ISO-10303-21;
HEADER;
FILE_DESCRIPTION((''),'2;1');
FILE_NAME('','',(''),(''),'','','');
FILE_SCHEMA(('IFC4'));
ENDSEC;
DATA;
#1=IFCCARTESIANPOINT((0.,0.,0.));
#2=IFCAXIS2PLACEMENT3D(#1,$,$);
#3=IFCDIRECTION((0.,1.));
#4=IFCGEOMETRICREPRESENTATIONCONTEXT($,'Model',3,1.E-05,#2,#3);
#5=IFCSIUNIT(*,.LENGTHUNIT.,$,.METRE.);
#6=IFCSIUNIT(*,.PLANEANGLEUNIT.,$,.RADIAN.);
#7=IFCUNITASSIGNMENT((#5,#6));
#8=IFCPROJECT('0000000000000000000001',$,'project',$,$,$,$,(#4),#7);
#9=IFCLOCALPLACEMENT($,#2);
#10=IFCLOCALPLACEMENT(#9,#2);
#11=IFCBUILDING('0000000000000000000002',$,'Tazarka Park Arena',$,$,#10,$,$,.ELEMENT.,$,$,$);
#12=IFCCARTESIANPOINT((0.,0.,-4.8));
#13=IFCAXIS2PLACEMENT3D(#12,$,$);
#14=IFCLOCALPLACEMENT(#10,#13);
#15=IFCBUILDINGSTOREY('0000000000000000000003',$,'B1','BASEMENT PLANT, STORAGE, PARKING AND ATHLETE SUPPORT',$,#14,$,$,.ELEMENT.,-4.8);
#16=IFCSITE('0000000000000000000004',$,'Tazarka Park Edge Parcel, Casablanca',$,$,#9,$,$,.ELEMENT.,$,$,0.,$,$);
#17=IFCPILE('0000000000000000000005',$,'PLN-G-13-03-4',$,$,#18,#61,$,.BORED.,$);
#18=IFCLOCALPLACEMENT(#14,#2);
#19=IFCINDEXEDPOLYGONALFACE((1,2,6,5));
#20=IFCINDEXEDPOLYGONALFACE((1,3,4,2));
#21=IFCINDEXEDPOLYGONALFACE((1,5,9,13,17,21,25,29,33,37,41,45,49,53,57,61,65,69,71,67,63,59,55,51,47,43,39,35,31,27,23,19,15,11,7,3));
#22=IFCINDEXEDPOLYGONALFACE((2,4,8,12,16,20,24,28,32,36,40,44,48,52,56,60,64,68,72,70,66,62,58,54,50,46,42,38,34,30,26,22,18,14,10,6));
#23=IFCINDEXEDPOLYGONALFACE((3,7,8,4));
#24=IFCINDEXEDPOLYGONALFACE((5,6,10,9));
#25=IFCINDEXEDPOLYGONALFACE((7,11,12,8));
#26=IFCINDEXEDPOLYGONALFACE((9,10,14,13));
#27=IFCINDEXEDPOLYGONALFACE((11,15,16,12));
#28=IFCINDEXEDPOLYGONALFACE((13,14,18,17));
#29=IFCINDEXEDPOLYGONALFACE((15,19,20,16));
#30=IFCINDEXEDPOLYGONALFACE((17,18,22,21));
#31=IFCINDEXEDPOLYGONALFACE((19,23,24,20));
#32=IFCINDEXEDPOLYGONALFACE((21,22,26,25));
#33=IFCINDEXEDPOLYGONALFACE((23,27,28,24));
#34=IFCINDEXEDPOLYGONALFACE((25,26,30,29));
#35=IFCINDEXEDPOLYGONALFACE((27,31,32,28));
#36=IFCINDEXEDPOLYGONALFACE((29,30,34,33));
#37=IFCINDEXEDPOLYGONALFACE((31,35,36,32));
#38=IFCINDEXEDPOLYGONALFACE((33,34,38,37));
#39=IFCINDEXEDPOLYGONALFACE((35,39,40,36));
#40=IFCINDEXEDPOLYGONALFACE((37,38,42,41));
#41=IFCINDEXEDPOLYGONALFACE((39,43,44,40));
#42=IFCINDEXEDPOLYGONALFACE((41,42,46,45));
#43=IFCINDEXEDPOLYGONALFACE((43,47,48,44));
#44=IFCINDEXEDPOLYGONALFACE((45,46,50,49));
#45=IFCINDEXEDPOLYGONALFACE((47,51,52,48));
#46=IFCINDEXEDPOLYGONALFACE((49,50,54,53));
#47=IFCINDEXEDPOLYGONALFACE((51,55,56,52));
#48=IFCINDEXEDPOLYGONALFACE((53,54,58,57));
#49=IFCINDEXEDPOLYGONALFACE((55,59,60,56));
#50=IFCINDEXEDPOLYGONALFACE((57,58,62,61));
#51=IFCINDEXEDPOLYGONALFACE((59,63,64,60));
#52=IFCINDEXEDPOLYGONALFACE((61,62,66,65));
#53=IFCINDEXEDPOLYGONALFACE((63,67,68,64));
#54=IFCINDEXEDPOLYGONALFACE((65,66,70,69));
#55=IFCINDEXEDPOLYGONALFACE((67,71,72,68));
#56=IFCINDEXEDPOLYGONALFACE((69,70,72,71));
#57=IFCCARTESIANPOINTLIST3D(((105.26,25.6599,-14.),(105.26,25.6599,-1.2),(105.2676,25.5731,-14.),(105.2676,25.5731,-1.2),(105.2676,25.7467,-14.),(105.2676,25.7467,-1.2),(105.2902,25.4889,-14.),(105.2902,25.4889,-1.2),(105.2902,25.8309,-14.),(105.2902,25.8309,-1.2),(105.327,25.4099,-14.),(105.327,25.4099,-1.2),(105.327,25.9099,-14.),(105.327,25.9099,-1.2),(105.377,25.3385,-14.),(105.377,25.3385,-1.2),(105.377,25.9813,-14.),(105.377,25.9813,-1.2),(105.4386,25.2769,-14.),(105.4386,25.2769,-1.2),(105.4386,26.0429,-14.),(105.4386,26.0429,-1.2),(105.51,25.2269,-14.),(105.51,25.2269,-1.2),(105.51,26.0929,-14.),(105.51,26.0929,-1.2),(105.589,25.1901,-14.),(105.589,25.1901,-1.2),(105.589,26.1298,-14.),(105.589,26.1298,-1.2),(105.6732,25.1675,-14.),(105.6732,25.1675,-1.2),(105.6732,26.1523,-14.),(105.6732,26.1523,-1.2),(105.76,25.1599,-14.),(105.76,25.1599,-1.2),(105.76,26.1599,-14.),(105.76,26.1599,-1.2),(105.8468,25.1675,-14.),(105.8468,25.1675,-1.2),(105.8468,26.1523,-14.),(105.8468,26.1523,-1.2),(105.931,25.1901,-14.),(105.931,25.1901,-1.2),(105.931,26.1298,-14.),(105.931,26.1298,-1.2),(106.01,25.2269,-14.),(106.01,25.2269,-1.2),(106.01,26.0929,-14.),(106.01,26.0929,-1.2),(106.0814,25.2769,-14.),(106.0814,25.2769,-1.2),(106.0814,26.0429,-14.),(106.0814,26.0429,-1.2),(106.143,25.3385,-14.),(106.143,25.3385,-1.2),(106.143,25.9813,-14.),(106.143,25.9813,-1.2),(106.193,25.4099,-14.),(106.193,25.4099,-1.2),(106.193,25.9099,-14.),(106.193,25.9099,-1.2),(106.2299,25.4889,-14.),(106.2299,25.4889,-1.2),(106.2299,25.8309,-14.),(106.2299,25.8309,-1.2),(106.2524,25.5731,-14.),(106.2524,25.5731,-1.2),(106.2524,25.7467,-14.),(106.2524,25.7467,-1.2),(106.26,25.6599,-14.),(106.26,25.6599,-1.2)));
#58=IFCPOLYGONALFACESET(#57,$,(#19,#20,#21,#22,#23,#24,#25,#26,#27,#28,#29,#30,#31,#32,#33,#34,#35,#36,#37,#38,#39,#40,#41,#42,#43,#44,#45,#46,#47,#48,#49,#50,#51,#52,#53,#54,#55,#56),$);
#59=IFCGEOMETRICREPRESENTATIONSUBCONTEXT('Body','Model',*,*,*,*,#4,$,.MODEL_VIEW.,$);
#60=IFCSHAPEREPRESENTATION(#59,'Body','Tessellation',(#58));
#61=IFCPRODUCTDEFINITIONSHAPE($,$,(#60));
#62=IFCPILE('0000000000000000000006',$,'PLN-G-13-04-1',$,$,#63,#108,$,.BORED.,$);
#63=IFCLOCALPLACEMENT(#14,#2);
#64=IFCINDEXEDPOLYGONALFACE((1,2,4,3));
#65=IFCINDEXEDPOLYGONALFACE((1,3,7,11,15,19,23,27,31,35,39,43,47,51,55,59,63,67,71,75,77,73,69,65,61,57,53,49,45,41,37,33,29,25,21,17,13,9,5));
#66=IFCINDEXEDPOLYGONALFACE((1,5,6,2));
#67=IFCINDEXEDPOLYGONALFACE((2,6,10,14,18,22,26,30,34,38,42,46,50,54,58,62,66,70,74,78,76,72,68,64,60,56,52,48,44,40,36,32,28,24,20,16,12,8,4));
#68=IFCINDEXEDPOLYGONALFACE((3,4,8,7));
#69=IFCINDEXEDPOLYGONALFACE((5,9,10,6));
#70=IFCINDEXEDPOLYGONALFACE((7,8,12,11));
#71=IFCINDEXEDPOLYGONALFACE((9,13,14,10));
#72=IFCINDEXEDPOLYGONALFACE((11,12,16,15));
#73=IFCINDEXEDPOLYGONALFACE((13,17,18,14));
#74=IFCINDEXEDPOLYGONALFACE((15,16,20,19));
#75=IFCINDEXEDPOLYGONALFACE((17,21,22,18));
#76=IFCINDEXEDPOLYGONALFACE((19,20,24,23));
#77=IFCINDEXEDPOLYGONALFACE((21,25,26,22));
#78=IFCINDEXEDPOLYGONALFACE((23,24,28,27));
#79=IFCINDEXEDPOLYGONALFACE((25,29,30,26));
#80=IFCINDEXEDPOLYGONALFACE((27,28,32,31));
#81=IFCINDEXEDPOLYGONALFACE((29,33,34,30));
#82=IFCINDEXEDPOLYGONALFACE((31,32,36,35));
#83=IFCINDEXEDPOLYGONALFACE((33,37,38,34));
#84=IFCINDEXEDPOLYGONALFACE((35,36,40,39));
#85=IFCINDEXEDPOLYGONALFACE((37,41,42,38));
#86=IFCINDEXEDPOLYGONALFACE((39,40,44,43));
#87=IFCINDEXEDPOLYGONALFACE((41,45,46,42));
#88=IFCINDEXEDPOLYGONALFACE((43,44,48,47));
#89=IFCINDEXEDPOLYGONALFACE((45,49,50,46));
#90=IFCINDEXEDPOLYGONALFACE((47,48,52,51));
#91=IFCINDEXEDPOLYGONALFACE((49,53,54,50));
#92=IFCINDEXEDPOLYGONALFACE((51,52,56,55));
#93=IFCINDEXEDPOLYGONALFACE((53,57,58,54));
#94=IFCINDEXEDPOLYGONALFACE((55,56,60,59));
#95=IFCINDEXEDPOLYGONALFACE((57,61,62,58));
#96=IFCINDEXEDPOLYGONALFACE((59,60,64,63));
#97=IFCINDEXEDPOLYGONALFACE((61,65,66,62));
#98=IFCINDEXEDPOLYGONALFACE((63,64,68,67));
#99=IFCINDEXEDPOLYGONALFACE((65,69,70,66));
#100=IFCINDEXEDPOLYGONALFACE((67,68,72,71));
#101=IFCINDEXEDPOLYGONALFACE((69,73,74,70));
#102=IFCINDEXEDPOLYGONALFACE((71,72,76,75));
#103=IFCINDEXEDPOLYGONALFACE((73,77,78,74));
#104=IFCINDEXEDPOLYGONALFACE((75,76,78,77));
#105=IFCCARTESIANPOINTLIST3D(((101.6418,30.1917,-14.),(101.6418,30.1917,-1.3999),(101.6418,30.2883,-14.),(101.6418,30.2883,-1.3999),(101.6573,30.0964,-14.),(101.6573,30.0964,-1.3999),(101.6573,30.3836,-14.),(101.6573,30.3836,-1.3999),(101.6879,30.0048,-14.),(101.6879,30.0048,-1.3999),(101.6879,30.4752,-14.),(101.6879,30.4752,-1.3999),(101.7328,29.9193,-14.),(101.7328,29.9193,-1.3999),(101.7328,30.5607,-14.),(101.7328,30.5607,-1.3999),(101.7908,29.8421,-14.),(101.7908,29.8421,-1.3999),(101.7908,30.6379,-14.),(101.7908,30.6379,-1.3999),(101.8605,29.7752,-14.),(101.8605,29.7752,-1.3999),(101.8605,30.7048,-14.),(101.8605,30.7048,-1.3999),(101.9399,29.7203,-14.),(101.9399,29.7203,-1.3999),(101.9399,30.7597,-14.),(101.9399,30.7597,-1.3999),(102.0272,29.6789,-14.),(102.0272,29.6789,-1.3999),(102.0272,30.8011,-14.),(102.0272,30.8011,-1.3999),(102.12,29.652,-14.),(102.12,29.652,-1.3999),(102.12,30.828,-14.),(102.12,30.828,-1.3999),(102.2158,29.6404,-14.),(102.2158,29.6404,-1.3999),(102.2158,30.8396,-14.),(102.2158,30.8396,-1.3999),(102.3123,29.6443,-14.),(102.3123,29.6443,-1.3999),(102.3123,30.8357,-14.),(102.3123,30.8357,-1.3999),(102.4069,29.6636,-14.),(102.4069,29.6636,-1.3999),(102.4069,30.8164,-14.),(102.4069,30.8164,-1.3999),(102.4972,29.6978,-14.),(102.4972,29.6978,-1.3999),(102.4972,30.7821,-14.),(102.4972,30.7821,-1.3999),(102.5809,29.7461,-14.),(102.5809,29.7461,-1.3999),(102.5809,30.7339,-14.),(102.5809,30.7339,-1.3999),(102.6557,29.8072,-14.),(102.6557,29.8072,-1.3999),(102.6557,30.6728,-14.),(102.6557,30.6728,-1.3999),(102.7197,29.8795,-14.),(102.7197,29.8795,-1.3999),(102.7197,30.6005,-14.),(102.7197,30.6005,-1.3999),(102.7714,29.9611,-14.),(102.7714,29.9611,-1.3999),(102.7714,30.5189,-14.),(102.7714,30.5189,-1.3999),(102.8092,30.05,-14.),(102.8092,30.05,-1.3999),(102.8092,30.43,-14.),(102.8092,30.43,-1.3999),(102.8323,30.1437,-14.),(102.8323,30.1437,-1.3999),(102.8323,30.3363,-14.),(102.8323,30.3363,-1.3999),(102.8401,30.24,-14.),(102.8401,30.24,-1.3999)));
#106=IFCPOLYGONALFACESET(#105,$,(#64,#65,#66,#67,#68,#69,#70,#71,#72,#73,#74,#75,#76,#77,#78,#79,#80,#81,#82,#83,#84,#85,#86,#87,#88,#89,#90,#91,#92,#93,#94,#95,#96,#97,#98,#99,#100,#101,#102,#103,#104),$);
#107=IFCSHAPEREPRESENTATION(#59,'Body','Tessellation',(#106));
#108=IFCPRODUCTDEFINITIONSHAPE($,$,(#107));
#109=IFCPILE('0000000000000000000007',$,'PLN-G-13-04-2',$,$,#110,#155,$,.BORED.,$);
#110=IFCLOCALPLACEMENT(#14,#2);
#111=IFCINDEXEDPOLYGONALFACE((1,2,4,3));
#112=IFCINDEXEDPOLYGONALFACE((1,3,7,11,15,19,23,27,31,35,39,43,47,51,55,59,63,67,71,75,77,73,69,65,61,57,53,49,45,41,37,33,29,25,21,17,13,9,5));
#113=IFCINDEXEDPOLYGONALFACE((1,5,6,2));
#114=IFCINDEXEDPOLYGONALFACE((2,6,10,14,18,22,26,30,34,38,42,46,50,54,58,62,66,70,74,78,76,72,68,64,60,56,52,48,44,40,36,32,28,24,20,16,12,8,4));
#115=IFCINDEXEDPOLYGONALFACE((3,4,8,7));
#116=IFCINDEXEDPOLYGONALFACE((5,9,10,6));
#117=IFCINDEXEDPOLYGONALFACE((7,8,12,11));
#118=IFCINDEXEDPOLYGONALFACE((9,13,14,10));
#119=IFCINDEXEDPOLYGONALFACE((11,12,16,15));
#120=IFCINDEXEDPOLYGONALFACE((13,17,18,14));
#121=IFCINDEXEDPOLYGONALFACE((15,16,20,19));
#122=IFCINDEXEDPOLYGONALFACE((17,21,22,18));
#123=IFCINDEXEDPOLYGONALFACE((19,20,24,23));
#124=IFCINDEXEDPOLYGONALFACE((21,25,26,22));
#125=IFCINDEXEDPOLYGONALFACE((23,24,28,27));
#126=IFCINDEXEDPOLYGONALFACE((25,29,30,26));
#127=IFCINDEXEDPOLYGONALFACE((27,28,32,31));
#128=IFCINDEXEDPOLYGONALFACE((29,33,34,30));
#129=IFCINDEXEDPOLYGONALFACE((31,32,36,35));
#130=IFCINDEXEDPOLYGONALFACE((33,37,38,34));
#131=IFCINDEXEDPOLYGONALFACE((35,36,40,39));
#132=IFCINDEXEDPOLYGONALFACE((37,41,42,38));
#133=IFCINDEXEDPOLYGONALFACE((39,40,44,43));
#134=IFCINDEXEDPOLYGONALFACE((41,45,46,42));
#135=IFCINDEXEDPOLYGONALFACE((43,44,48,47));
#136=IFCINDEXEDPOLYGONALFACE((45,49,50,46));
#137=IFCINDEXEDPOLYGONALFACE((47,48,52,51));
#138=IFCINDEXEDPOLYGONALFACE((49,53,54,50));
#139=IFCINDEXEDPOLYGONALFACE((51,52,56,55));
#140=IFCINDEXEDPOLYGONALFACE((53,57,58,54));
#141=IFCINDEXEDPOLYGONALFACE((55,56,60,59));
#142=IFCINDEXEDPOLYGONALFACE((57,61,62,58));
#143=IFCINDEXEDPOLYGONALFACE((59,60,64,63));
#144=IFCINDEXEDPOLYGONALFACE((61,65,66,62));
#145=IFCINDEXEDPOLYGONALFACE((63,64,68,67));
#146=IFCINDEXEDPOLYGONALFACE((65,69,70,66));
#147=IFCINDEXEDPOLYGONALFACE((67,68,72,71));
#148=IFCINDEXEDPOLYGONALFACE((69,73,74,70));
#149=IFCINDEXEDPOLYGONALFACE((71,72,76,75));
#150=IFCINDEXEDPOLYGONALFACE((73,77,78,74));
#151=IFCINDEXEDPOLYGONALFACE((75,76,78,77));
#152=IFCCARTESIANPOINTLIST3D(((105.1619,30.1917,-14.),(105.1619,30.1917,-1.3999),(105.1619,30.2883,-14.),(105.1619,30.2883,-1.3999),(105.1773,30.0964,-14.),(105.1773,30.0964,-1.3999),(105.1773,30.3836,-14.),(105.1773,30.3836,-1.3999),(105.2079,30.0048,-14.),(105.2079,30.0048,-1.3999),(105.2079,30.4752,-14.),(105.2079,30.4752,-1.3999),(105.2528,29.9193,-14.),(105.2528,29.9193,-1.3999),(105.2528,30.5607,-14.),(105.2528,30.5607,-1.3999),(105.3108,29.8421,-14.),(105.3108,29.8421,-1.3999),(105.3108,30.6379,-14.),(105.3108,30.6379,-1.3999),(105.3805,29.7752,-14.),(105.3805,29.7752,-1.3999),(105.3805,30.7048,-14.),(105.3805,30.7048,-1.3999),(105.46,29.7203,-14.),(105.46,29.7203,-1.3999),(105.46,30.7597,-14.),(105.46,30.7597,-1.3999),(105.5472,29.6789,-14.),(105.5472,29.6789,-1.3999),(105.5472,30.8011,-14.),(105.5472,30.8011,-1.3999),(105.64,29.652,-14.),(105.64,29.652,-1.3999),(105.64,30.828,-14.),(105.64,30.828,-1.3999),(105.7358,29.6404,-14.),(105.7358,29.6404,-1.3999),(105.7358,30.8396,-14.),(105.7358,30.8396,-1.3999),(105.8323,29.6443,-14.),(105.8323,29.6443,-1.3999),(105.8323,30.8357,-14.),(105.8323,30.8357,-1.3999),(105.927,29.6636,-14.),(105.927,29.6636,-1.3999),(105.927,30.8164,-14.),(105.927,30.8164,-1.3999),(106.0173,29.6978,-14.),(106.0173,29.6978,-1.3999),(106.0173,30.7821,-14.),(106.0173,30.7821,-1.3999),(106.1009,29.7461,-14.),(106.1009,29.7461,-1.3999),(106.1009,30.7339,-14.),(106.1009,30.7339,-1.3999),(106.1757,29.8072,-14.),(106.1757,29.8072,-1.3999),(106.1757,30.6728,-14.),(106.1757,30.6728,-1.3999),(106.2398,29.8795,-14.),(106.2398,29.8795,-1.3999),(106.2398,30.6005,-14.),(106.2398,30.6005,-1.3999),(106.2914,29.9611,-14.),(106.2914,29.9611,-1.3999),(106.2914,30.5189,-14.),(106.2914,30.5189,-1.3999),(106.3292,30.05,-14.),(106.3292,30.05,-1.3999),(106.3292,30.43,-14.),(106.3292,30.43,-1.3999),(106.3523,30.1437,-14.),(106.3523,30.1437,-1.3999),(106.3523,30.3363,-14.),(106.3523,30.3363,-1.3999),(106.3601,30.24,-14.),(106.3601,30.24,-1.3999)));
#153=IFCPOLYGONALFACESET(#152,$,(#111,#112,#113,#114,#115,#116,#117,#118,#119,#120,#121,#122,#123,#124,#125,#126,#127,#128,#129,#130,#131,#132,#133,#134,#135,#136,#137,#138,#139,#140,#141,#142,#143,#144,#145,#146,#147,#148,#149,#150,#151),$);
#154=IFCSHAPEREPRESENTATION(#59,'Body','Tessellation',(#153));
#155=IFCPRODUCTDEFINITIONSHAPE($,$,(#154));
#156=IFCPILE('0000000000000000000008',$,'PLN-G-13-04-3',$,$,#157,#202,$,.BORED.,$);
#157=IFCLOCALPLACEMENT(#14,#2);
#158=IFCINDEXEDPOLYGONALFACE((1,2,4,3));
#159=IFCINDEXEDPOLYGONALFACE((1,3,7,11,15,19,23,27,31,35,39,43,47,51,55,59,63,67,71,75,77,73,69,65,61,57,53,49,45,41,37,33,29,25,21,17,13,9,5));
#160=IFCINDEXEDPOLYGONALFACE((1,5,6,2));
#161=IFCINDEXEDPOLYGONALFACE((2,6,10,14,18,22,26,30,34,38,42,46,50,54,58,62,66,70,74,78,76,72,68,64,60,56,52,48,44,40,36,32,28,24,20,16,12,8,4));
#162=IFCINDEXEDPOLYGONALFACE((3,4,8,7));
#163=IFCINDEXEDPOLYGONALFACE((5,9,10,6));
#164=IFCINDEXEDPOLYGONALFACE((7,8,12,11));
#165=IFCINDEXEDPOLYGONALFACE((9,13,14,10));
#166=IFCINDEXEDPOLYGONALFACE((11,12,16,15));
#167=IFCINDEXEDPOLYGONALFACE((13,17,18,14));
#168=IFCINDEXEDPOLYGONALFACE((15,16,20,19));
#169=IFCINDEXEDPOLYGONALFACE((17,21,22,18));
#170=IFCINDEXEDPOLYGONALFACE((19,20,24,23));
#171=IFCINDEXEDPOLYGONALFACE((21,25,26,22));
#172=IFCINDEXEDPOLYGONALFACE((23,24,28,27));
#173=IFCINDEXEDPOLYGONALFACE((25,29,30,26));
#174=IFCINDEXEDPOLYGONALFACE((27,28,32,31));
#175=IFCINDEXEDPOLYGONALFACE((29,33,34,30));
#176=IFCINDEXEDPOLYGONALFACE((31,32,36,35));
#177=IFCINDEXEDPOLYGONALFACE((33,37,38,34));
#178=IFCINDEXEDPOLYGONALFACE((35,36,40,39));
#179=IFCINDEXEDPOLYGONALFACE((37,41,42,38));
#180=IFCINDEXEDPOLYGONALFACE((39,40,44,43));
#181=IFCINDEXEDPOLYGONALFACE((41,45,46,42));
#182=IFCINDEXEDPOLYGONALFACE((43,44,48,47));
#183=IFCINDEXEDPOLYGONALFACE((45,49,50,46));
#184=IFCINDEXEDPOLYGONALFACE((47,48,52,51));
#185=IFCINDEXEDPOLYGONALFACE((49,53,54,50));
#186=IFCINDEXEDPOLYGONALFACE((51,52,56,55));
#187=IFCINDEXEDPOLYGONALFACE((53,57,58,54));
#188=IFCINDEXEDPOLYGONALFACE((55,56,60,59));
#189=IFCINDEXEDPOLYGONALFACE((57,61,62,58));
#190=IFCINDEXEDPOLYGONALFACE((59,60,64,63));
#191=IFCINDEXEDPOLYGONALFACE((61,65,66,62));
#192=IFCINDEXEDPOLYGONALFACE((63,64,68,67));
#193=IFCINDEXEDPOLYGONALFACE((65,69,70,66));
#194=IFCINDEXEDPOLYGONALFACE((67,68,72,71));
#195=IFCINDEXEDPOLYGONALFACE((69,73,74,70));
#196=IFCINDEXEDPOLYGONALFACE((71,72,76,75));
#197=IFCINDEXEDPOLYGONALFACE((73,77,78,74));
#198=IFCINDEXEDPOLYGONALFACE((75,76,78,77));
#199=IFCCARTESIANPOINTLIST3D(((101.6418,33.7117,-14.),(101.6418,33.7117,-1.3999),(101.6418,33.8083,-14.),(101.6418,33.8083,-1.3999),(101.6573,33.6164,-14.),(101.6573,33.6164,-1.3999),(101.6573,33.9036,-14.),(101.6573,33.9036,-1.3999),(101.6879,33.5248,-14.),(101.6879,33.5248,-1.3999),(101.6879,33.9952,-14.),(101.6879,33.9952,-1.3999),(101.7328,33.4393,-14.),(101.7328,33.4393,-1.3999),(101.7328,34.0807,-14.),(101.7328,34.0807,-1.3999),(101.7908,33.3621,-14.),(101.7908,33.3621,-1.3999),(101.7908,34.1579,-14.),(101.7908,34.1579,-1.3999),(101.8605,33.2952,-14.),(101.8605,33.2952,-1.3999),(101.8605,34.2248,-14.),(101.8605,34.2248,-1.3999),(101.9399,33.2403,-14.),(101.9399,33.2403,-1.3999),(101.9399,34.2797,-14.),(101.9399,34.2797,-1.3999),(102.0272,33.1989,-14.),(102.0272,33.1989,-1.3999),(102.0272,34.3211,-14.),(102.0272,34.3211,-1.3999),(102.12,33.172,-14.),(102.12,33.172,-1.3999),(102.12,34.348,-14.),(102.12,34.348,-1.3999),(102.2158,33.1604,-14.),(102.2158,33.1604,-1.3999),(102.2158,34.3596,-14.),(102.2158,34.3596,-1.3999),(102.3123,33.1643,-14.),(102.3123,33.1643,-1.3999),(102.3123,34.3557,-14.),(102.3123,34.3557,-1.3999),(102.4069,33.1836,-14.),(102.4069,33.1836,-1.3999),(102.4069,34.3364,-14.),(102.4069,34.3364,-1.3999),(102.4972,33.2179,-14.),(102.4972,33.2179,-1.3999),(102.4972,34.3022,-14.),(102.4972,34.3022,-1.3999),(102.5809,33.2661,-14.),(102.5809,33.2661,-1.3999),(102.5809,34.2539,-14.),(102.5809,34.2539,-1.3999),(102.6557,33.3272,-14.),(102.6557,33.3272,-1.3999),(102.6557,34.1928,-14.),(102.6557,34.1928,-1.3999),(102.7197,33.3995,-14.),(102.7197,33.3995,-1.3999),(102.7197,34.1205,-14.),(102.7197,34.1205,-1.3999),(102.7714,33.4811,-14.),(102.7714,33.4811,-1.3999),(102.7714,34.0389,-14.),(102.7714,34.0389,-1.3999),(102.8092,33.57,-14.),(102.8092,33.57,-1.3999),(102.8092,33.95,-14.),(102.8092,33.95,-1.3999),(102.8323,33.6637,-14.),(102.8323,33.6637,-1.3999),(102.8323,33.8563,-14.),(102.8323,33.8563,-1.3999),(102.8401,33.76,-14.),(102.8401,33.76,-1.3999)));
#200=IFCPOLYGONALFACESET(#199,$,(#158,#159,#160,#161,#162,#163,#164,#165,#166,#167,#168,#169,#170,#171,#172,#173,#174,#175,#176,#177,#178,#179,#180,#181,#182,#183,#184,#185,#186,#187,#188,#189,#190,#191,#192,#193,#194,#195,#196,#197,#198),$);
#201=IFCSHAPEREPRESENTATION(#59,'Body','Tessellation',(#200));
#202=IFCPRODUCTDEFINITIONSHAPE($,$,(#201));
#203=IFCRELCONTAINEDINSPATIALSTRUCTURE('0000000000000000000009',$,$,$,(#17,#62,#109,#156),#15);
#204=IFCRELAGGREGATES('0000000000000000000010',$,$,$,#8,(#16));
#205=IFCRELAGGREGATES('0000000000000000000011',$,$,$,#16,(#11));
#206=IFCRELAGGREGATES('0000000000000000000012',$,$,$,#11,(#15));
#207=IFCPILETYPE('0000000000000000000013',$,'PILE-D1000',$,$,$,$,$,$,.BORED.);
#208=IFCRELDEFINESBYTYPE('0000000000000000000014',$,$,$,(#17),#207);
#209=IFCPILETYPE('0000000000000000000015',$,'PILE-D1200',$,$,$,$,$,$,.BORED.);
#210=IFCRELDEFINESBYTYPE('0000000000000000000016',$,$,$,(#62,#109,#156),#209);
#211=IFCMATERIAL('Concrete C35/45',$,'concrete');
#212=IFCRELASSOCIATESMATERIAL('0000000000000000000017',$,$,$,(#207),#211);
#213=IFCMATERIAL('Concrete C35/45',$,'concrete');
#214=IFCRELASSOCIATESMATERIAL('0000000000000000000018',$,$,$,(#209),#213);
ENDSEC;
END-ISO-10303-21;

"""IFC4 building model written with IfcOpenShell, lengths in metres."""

from ifc_helpers import new_model, si_unit, direction, frame, origin, origin_2d, place, context, subcontext, project, spatial, circle, extrude, material, material_profile, profile_set, type_object, element, save


model = new_model("IFC4")

# Units and contexts
model_context = context("Model", 3, precision=1e-05, world=origin(), true_north=direction((0.0, 1.0)))
body_context = subcontext(model_context, "Body", "Model", "MODEL_VIEW")
ifc_project = project(units=[si_unit("LENGTHUNIT", "METRE"), si_unit("PLANEANGLEUNIT", "RADIAN")], contexts=[model_context])

# Site, building, storey
site_placement = place(None, origin())
site = spatial("IfcSite", under=ifc_project, at=site_placement, Name="Tazarka Park Edge Parcel, Casablanca", CompositionType="ELEMENT", RefElevation=0.0)
building_placement = place(site_placement, origin())
building = spatial("IfcBuilding", under=site, at=building_placement, Name="Tazarka Park Arena", CompositionType="ELEMENT")
storey_placement = place(building_placement, frame((0.0, 0.0, -4.8)))
storey = spatial("IfcBuildingStorey", under=building, at=storey_placement, Name="B1", Description="BASEMENT PLANT, STORAGE, PARKING AND ATHLETE SUPPORT", CompositionType="ELEMENT", Elevation=-4.8)

# Piles
ifc_material_1 = material(Name="Concrete C35/45", Category="concrete")
ifc_material_profile_1 = material_profile(ifc_material_1, circle(Radius=0.5, at=origin_2d()), Name="Concrete C35/45")
ifc_profile_set_1 = profile_set([ifc_material_profile_1], Name="Concrete C35/45")
pile_type_1 = type_object("IfcPileType", Name="PILE-D1000", PredefinedType="BORED", material=ifc_profile_set_1)
for number, where, z_axis, x_axis, name in (
    (1, (105.76, 25.6599, -1.2), (0.0, 0.0, -1.0), (1.0, 0.0, 0.0), "PLN-G-13-03-4"),
):
    element("IfcPile", number, at=place(storey_placement, frame(where, z_axis=z_axis, x_axis=x_axis)), inside=storey, type_object=pile_type_1, Name=name, PredefinedType="BORED", context=body_context, shape_type="SweptSolid", body=[
        extrude(circle(Radius=0.5, at=origin_2d()), origin(), (0.0, 0.0, 1.0), 12.8),
    ])
ifc_material_2 = material(Name="Concrete C35/45", Category="concrete")
ifc_material_profile_2 = material_profile(ifc_material_2, circle(Radius=0.6001, at=origin_2d()), Name="Concrete C35/45")
ifc_profile_set_2 = profile_set([ifc_material_profile_2], Name="Concrete C35/45")
pile_type_2 = type_object("IfcPileType", Name="PILE-D1200", PredefinedType="BORED", material=ifc_profile_set_2)
for number, where, z_axis, x_axis, name in (
    (2, (102.24, 30.24, -1.3999), (0.0, 0.0, -1.0), (1.0, 0.0, 0.0), "PLN-G-13-04-1"),
    (3, (105.76, 30.24, -1.3999), (0.0, 0.0, -1.0), (1.0, 0.0, 0.0), "PLN-G-13-04-2"),
    (4, (102.24, 33.76, -1.3999), (0.0, 0.0, -1.0), (1.0, 0.0, 0.0), "PLN-G-13-04-3"),
):
    element("IfcPile", number, at=place(storey_placement, frame(where, z_axis=z_axis, x_axis=x_axis)), inside=storey, type_object=pile_type_2, Name=name, PredefinedType="BORED", context=body_context, shape_type="SweptSolid", body=[
        extrude(circle(Radius=0.6001, at=origin_2d()), origin(), (0.0, 0.0, 1.0), 12.6001),
    ])

save(model, "model.ifc")
